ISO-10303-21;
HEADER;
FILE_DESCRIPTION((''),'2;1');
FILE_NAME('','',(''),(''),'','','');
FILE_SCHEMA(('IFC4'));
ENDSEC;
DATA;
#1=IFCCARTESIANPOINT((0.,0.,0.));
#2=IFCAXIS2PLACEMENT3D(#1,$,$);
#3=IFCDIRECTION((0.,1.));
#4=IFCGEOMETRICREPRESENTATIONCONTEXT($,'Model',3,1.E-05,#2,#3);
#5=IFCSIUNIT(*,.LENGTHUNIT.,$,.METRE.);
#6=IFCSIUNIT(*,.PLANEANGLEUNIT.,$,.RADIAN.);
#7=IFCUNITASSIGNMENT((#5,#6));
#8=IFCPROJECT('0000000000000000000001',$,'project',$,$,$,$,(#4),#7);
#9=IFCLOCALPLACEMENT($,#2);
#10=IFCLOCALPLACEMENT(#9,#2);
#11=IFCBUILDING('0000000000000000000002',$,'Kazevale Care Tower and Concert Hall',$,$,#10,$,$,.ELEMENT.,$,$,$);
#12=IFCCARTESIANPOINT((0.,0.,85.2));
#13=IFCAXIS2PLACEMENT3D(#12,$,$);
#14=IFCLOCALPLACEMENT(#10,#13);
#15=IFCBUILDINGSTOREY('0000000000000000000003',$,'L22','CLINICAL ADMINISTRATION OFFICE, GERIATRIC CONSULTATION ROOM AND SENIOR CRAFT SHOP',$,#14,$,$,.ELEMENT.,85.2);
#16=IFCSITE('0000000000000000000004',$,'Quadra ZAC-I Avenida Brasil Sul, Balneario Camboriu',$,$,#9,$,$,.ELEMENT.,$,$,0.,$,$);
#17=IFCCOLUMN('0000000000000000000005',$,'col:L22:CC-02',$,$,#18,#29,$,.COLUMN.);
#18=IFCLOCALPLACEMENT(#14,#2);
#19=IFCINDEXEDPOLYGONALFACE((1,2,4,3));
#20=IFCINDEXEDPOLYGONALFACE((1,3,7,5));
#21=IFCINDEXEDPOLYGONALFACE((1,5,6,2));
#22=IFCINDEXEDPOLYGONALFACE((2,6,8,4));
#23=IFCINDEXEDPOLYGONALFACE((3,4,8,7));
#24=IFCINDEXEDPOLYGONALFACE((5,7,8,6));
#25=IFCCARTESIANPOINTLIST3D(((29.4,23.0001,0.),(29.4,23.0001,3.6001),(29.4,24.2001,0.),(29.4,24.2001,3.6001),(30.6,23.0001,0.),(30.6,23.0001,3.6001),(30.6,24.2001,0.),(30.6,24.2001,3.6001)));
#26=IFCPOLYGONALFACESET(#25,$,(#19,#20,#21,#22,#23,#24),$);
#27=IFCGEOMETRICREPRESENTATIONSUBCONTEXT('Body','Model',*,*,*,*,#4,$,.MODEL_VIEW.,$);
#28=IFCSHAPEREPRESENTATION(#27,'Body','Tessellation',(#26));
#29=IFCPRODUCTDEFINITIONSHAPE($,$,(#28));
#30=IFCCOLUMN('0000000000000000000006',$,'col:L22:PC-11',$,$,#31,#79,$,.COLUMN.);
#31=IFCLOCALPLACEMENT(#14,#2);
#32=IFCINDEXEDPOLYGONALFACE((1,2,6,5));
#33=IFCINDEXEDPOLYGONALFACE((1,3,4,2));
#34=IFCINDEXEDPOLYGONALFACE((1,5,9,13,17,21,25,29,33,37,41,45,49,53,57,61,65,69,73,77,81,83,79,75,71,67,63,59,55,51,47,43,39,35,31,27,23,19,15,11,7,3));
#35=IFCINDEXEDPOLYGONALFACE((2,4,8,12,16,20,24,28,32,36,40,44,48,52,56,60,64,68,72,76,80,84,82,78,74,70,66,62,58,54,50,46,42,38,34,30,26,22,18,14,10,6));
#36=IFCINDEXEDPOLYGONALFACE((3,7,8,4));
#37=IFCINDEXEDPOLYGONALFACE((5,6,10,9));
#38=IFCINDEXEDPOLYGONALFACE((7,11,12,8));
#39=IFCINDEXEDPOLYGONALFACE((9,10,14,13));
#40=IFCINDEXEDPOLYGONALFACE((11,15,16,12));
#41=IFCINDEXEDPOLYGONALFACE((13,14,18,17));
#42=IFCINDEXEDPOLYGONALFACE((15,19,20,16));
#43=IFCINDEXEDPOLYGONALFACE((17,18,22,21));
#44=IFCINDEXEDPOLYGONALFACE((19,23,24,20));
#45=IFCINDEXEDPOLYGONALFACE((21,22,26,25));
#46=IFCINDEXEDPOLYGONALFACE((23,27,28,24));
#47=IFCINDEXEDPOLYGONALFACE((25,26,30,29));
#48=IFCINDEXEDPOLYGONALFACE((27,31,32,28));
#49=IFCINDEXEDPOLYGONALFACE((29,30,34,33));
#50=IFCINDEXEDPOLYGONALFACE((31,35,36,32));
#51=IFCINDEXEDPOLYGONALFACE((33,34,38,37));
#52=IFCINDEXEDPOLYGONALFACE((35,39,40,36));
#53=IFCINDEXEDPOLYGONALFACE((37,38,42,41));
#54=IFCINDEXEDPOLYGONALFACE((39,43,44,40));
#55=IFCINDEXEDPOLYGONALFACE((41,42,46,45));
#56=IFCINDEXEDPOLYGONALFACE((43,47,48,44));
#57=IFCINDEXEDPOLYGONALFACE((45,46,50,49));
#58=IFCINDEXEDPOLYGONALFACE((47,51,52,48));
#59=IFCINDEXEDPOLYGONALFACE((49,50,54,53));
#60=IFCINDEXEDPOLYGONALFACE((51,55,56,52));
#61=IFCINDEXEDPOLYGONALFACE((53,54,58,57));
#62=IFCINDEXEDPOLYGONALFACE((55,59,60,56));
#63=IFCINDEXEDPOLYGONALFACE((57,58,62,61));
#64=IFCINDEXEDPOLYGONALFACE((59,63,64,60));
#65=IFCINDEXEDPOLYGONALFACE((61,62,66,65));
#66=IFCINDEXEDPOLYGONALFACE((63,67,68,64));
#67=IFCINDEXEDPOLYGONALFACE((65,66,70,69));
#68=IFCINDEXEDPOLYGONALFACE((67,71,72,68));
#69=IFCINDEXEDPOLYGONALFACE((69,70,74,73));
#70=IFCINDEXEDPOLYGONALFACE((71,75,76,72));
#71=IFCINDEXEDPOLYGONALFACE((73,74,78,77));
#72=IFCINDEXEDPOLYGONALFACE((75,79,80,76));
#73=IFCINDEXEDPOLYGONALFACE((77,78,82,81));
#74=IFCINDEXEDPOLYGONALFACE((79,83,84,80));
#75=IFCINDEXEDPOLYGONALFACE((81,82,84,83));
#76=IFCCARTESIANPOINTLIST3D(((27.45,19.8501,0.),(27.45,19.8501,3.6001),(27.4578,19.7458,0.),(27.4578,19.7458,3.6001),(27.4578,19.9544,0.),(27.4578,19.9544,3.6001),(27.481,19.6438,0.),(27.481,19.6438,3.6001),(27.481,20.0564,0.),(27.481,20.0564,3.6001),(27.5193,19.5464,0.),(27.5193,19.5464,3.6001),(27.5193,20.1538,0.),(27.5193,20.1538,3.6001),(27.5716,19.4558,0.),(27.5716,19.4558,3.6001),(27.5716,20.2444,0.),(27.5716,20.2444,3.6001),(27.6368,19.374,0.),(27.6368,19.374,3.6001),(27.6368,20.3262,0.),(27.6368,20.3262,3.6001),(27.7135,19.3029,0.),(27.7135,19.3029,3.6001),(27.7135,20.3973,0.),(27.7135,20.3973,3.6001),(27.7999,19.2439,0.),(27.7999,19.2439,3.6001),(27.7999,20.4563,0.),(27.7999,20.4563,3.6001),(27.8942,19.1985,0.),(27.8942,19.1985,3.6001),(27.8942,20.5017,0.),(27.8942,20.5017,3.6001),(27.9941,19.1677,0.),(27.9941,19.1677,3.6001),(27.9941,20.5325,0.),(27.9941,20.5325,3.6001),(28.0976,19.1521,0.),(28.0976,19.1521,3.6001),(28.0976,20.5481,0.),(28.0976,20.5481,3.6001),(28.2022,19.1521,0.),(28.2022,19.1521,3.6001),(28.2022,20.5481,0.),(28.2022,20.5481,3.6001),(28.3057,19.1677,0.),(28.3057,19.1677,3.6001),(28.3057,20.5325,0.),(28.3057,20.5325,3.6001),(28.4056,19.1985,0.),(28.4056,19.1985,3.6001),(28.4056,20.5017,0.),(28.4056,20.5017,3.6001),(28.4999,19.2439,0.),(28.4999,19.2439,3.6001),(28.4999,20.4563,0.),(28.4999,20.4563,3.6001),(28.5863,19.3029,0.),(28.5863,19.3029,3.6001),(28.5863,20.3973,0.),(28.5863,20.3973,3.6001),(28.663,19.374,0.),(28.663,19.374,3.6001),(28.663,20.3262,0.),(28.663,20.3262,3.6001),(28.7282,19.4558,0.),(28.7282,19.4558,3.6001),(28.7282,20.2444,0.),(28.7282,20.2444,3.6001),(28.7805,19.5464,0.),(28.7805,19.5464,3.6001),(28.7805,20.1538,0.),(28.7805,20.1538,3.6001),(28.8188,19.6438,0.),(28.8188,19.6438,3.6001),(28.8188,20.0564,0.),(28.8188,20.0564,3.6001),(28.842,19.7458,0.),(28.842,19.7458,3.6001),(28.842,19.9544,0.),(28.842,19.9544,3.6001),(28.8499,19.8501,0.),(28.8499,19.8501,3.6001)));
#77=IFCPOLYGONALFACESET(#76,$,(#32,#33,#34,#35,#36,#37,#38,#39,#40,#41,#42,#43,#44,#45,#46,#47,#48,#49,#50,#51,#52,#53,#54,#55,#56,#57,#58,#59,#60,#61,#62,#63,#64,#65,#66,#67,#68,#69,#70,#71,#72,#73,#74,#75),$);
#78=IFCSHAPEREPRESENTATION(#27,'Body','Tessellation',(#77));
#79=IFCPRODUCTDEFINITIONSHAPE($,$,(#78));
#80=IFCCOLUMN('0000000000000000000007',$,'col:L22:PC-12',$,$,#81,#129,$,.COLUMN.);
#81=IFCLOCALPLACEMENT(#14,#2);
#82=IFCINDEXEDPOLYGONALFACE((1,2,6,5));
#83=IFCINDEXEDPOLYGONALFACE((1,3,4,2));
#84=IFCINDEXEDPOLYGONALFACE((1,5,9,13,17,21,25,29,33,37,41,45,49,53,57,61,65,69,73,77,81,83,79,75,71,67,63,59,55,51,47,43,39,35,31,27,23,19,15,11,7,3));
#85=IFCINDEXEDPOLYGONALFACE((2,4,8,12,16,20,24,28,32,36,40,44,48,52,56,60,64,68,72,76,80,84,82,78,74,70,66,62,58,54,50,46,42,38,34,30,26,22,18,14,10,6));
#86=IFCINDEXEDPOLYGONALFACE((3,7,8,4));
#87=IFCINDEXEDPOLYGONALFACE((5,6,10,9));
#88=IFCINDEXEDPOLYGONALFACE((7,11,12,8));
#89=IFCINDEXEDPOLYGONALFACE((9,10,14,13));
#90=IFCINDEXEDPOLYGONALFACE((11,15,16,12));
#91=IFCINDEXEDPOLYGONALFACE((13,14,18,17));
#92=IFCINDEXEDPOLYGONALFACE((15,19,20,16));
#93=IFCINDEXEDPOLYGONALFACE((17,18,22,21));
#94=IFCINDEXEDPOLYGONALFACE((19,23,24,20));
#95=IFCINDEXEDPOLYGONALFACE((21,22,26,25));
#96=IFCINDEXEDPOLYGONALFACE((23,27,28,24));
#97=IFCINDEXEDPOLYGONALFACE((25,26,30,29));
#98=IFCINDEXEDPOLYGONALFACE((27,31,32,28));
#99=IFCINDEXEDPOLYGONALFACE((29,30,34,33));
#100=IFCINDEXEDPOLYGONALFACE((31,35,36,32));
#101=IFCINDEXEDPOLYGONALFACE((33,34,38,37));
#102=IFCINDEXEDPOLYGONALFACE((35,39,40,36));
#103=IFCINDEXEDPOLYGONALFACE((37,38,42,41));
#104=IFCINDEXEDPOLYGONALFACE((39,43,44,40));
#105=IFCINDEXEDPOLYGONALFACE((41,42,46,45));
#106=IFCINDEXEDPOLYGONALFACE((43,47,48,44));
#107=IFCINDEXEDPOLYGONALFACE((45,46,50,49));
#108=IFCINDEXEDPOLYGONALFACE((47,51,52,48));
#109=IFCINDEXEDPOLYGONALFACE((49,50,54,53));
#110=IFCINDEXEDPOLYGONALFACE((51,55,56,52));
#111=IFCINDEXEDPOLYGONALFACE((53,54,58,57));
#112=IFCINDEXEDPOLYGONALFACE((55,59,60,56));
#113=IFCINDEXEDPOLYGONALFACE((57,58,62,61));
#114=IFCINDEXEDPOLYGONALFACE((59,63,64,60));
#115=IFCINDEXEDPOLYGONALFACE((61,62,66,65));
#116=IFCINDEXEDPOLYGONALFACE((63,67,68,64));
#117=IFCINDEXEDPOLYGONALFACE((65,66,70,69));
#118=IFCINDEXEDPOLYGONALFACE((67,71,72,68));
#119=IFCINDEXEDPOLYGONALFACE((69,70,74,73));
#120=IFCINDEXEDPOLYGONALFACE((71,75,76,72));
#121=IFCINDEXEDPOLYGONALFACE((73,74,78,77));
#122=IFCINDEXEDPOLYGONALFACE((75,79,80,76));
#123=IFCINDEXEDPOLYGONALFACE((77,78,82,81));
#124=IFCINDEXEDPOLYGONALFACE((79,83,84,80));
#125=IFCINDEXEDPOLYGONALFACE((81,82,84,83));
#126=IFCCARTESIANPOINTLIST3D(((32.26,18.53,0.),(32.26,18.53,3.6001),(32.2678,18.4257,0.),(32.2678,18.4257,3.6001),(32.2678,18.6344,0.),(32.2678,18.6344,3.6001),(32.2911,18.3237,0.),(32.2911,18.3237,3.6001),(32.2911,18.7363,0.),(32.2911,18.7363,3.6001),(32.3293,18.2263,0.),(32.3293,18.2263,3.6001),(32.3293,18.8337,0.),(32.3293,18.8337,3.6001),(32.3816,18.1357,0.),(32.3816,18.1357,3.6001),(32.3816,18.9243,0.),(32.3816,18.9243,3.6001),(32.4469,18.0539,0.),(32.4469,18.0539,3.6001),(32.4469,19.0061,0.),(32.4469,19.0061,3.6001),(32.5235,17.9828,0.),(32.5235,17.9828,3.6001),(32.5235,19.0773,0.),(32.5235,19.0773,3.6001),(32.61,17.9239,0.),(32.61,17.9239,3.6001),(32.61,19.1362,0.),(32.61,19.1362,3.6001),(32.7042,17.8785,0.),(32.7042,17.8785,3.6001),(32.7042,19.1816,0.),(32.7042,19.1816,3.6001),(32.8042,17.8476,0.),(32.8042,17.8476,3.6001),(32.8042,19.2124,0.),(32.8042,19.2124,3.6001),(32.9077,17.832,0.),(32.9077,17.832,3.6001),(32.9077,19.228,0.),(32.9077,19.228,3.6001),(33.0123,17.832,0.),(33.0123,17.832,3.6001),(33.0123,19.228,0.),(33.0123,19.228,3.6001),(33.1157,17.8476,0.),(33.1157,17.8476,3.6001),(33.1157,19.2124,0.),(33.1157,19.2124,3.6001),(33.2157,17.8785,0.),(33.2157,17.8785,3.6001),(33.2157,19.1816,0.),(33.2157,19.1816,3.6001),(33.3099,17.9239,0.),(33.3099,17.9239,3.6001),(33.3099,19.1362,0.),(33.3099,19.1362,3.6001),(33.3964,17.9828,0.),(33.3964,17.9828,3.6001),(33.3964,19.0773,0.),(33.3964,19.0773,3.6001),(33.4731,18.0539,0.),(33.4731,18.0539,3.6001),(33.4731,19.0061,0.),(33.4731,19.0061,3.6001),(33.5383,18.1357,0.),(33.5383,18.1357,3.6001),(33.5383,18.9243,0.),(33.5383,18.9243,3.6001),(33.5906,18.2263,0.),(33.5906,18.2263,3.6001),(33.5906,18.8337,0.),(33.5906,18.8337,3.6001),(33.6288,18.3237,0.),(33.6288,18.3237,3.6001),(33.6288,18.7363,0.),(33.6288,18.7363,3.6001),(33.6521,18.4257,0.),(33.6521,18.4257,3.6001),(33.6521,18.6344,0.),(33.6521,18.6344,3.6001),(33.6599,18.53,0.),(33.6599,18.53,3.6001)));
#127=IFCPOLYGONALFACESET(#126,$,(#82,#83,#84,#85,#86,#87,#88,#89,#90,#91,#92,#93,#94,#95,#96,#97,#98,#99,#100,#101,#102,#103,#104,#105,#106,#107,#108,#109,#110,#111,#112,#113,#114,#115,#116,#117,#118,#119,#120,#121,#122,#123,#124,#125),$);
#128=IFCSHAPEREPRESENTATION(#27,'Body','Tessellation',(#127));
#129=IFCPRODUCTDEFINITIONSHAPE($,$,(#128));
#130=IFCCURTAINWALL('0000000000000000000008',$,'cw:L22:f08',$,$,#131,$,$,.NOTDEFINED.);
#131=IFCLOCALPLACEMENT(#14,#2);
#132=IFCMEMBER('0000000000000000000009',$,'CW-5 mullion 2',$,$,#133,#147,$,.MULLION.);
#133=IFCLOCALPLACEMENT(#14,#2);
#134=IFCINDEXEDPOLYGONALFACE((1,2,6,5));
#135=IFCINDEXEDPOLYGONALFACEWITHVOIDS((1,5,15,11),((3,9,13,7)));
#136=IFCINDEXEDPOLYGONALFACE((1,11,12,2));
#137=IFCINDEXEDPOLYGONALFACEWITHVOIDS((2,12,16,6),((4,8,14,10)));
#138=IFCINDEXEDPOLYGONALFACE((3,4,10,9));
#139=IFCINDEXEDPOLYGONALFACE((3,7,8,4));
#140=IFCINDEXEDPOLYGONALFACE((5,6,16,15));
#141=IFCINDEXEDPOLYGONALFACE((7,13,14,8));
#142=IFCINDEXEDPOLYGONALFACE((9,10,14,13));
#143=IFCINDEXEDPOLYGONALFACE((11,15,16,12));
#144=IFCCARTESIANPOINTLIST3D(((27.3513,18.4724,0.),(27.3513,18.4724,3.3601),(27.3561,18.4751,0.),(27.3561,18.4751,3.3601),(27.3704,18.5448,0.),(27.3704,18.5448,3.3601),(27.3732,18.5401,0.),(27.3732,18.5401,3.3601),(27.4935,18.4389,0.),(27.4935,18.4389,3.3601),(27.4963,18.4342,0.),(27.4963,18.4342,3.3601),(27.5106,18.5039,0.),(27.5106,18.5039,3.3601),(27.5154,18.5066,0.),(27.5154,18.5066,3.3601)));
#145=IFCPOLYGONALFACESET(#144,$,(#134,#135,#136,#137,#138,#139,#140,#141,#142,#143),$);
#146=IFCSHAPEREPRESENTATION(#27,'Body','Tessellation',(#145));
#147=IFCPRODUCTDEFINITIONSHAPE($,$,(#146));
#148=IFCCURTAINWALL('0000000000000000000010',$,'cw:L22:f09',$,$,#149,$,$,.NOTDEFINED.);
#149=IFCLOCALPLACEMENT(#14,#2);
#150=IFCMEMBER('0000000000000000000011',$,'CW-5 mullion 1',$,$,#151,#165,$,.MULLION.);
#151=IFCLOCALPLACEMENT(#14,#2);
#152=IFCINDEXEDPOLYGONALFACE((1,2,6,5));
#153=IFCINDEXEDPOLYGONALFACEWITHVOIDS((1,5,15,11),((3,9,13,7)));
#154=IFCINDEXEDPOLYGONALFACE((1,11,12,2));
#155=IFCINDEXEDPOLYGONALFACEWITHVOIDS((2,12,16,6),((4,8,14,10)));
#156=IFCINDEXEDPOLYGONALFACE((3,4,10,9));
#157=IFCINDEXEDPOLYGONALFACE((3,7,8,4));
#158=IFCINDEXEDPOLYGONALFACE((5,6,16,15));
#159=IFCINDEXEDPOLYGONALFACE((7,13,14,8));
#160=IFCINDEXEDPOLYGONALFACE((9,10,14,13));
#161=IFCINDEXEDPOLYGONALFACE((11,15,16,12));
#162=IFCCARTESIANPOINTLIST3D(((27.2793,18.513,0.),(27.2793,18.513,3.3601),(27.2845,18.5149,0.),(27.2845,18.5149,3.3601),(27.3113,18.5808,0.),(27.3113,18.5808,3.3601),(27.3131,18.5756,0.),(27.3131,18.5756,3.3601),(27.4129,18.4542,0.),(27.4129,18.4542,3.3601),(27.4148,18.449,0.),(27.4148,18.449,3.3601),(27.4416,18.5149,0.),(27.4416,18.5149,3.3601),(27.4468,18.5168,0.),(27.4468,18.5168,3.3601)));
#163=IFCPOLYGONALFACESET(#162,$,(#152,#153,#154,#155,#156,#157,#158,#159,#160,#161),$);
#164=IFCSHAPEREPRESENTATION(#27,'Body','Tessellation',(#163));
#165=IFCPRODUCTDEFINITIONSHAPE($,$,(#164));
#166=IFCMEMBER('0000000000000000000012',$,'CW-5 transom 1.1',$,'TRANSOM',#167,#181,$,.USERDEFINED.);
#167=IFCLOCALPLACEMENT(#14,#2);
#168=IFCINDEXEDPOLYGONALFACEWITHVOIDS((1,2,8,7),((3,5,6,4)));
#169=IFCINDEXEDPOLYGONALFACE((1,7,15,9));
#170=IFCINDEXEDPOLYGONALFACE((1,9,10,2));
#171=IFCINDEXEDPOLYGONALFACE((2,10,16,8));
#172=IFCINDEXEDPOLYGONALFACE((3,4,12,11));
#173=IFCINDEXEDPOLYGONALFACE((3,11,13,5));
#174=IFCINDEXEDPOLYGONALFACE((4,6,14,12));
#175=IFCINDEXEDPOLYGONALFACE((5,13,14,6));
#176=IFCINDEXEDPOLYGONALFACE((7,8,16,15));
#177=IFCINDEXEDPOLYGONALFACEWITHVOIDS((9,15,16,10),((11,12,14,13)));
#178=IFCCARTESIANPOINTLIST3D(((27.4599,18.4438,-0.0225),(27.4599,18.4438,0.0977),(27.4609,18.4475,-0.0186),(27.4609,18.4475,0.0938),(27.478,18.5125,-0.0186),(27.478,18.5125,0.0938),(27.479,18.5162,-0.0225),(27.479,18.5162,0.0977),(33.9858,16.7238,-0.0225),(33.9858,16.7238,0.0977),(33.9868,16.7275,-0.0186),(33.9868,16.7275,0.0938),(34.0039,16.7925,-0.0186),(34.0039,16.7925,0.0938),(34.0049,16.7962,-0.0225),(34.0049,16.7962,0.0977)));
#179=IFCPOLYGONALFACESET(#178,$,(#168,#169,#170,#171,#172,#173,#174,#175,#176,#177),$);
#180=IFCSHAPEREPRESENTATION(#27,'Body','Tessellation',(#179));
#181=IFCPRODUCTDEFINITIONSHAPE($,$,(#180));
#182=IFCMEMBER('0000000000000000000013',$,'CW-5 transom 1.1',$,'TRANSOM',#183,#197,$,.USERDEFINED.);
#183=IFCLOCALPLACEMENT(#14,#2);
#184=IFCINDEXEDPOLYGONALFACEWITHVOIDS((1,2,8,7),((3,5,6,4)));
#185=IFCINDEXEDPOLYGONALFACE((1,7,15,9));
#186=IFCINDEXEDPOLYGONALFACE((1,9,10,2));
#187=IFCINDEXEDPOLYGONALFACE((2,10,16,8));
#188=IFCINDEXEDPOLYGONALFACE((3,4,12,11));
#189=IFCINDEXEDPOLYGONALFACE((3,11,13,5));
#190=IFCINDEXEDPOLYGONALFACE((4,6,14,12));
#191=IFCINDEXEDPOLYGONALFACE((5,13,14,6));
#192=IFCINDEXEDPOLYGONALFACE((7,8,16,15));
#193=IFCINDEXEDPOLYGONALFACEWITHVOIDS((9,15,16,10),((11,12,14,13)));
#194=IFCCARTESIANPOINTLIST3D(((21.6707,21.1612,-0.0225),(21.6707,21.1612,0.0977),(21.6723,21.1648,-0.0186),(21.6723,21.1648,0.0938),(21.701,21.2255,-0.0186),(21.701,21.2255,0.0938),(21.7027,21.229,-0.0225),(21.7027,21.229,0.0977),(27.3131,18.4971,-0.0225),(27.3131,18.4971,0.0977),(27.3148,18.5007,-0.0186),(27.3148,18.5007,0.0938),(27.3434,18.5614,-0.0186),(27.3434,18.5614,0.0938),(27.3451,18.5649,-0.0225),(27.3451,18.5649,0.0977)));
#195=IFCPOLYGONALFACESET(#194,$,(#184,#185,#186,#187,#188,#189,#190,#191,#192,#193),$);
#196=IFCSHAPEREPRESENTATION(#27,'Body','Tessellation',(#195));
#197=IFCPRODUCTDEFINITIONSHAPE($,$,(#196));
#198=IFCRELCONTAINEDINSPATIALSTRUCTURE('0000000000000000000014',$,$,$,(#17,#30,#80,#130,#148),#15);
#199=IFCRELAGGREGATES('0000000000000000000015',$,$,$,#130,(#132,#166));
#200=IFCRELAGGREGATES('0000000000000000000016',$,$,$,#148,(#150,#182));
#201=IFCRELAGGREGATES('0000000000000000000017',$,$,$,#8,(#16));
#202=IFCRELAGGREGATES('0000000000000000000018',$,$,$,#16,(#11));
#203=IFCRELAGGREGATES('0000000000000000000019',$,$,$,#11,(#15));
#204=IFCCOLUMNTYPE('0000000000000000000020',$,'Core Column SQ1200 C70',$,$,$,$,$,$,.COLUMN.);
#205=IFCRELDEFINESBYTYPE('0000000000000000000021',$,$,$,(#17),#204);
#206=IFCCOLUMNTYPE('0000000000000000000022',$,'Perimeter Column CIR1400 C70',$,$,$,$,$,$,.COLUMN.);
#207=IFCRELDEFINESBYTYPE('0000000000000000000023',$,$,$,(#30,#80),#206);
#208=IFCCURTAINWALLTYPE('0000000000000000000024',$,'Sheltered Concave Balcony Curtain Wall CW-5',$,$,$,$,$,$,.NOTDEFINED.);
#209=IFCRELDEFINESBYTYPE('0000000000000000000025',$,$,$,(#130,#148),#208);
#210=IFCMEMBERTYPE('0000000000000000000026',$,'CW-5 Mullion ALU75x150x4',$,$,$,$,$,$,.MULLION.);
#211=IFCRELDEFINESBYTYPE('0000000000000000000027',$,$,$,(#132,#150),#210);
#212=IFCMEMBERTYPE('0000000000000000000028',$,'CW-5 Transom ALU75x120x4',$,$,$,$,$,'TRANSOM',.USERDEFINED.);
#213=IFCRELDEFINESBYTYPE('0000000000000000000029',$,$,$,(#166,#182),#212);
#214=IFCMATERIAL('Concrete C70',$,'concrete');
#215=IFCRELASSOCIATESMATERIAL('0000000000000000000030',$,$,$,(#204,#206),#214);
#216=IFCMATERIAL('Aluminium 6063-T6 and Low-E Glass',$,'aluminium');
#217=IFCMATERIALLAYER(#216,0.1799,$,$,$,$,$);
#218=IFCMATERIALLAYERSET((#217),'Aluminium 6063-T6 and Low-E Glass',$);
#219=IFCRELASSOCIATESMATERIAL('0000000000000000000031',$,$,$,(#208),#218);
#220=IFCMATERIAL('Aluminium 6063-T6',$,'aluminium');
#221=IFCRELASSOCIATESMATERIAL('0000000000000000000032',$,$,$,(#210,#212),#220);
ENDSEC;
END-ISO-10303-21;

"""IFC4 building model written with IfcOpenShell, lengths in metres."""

from ifc_helpers import new_model, si_unit, direction, frame, origin, origin_2d, place, context, subcontext, project, spatial, rectangle, hollow_rectangle, circle, extrude, material, layer, layer_set, material_profile, profile_set, type_object, element, aggregate, save


model = new_model("IFC4")

# Units and contexts
model_context = context("Model", 3, precision=1e-05, world=origin(), true_north=direction((0.0, 1.0)))
body_context = subcontext(model_context, "Body", "Model", "MODEL_VIEW")
ifc_project = project(units=[si_unit("LENGTHUNIT", "METRE"), si_unit("PLANEANGLEUNIT", "RADIAN")], contexts=[model_context])

# Site, building, storey
site_placement = place(None, origin())
site = spatial("IfcSite", under=ifc_project, at=site_placement, Name="Quadra ZAC-I Avenida Brasil Sul, Balneario Camboriu", CompositionType="ELEMENT", RefElevation=0.0)
building_placement = place(site_placement, origin())
building = spatial("IfcBuilding", under=site, at=building_placement, Name="Kazevale Care Tower and Concert Hall", CompositionType="ELEMENT")
storey_placement = place(building_placement, frame((0.0, 0.0, 85.2)))
storey = spatial("IfcBuildingStorey", under=building, at=storey_placement, Name="L22", Description="CLINICAL ADMINISTRATION OFFICE, GERIATRIC CONSULTATION ROOM AND SENIOR CRAFT SHOP", CompositionType="ELEMENT", Elevation=85.2)

# Columns
ifc_material_1 = material(Name="Concrete C70", Category="concrete")
ifc_material_profile_1 = material_profile(ifc_material_1, rectangle(XDim=1.2, YDim=1.2, at=origin_2d()), Name="RC-SQ1200")
ifc_profile_set_1 = profile_set([ifc_material_profile_1], Name="Concrete C70")
column_type_1 = type_object("IfcColumnType", Name="Core Column SQ1200 C70", PredefinedType="COLUMN", material=ifc_profile_set_1)
column_placement = place(storey_placement, frame((30.0, 23.6001, 0.0), z_axis=(0.0, 0.0, 1.0), x_axis=(1.0, 0.0, 0.0)))
element("IfcColumn", 1, at=column_placement, inside=storey, type_object=column_type_1, Name="col:L22:CC-02", PredefinedType="COLUMN", context=body_context, shape_type="SweptSolid", body=[
    extrude(rectangle(XDim=1.2, YDim=1.2, at=origin_2d()), origin(), (0.0, 0.0, 1.0), 3.6001),
])
ifc_material_profile_2 = material_profile(ifc_material_1, circle(Radius=0.7, at=origin_2d()), Name="RC-CIR1400")
ifc_profile_set_2 = profile_set([ifc_material_profile_2], Name="Concrete C70")
column_type_2 = type_object("IfcColumnType", Name="Perimeter Column CIR1400 C70", PredefinedType="COLUMN", material=ifc_profile_set_2)
for number, where, z_axis, x_axis, name in (
    (2, (28.1499, 19.8501, 0.0), (0.0, 0.0, 1.0), (1.0, 0.0, 0.0), "col:L22:PC-11"),
    (3, (32.96, 18.53, 0.0), (0.0, 0.0, 1.0), (1.0, 0.0, 0.0), "col:L22:PC-12"),
):
    element("IfcColumn", number, at=place(storey_placement, frame(where, z_axis=z_axis, x_axis=x_axis)), inside=storey, type_object=column_type_2, Name=name, PredefinedType="COLUMN", context=body_context, shape_type="SweptSolid", body=[
        extrude(circle(Radius=0.7, at=origin_2d()), origin(), (0.0, 0.0, 1.0), 3.6001),
    ])

# Curtain walls, members
ifc_material_2 = material(Name="Aluminium 6063-T6 and Low-E Glass", Category="aluminium")
ifc_layer_1 = layer(ifc_material_2, 0.1799)
ifc_layer_set_1 = layer_set([ifc_layer_1], Name="Aluminium 6063-T6 and Low-E Glass")
curtain_wall_type = type_object("IfcCurtainWallType", Name="Sheltered Concave Balcony Curtain Wall CW-5", PredefinedType="NOTDEFINED", material=ifc_layer_set_1)
curtain_wall_1_placement = place(storey_placement, origin())
curtain_wall_1 = element("IfcCurtainWall", 4, at=curtain_wall_1_placement, inside=storey, type_object=curtain_wall_type, Name="cw:L22:f08", PredefinedType="NOTDEFINED")
ifc_material_3 = material(Name="Aluminium 6063-T6", Category="aluminium")
ifc_material_profile_3 = material_profile(ifc_material_3, hollow_rectangle(XDim=0.075, YDim=0.1499, WallThickness=0.0039, at=origin_2d()), Name="ALU75x150x4")
ifc_profile_set_3 = profile_set([ifc_material_profile_3], Name="Aluminium 6063-T6")
member_type_1 = type_object("IfcMemberType", Name="CW-5 Mullion ALU75x150x4", PredefinedType="MULLION", material=ifc_profile_set_3)
member_1_placement = place(storey_placement, frame((27.4333, 18.4895, 0.0), z_axis=(0.0, 0.0, 1.0), x_axis=(-0.254829, -0.966986, 0.0)))
member_1 = element("IfcMember", 5, at=member_1_placement, type_object=member_type_1, Name="CW-5 mullion 2", PredefinedType="MULLION", context=body_context, shape_type="SweptSolid", body=[
    extrude(hollow_rectangle(XDim=0.075, YDim=0.1499, WallThickness=0.0039, at=origin_2d()), origin(), (0.0, 0.0, 1.0), 3.3601),
])
curtain_wall_2_placement = place(storey_placement, origin())
curtain_wall_2 = element("IfcCurtainWall", 6, at=curtain_wall_2_placement, inside=storey, type_object=curtain_wall_type, Name="cw:L22:f09", PredefinedType="NOTDEFINED")
member_2_placement = place(storey_placement, frame((27.363, 18.5149, 0.0), z_axis=(0.0, 0.0, 1.0), x_axis=(-0.426942, -0.904279, 0.0)))
member_2 = element("IfcMember", 7, at=member_2_placement, type_object=member_type_1, Name="CW-5 mullion 1", PredefinedType="MULLION", context=body_context, shape_type="SweptSolid", body=[
    extrude(hollow_rectangle(XDim=0.075, YDim=0.1499, WallThickness=0.0039, at=origin_2d()), origin(), (0.0, 0.0, 1.0), 3.3601),
])

# Members
ifc_material_profile_4 = material_profile(ifc_material_3, hollow_rectangle(XDim=0.075, YDim=0.1201, WallThickness=0.0039, at=origin_2d()), Name="ALU75x120x4")
ifc_profile_set_4 = profile_set([ifc_material_profile_4], Name="Aluminium 6063-T6")
member_type_2 = type_object("IfcMemberType", Name="CW-5 Transom ALU75x120x4", ElementType="TRANSOM", PredefinedType="USERDEFINED", material=ifc_profile_set_4)
member_3_placement = place(storey_placement, frame((33.9954, 16.76, 0.0376), z_axis=(-0.966978, 0.254858, 0.0), x_axis=(-0.254858, -0.966978, 0.0)))
member_3 = element("IfcMember", 8, at=member_3_placement, type_object=member_type_2, Name="CW-5 transom 1.1", ObjectType="TRANSOM", PredefinedType="USERDEFINED", context=body_context, shape_type="SweptSolid", body=[
    extrude(hollow_rectangle(XDim=0.075, YDim=0.1201, WallThickness=0.0039, at=origin_2d()), origin(), (0.0, 0.0, 1.0), 6.7488),
])
member_4_placement = place(storey_placement, frame((27.3291, 18.531, 0.0376), z_axis=(-0.904272, 0.426957, 0.0), x_axis=(-0.426957, -0.904272, 0.0)))
member_4 = element("IfcMember", 9, at=member_4_placement, type_object=member_type_2, Name="CW-5 transom 1.1", ObjectType="TRANSOM", PredefinedType="USERDEFINED", context=body_context, shape_type="SweptSolid", body=[
    extrude(hollow_rectangle(XDim=0.075, YDim=0.1201, WallThickness=0.0039, at=origin_2d()), origin(), (0.0, 0.0, 1.0), 6.2397),
])

aggregate(curtain_wall_1, [member_1, member_3])
aggregate(curtain_wall_2, [member_2, member_4])

save(model, "model.ifc")
